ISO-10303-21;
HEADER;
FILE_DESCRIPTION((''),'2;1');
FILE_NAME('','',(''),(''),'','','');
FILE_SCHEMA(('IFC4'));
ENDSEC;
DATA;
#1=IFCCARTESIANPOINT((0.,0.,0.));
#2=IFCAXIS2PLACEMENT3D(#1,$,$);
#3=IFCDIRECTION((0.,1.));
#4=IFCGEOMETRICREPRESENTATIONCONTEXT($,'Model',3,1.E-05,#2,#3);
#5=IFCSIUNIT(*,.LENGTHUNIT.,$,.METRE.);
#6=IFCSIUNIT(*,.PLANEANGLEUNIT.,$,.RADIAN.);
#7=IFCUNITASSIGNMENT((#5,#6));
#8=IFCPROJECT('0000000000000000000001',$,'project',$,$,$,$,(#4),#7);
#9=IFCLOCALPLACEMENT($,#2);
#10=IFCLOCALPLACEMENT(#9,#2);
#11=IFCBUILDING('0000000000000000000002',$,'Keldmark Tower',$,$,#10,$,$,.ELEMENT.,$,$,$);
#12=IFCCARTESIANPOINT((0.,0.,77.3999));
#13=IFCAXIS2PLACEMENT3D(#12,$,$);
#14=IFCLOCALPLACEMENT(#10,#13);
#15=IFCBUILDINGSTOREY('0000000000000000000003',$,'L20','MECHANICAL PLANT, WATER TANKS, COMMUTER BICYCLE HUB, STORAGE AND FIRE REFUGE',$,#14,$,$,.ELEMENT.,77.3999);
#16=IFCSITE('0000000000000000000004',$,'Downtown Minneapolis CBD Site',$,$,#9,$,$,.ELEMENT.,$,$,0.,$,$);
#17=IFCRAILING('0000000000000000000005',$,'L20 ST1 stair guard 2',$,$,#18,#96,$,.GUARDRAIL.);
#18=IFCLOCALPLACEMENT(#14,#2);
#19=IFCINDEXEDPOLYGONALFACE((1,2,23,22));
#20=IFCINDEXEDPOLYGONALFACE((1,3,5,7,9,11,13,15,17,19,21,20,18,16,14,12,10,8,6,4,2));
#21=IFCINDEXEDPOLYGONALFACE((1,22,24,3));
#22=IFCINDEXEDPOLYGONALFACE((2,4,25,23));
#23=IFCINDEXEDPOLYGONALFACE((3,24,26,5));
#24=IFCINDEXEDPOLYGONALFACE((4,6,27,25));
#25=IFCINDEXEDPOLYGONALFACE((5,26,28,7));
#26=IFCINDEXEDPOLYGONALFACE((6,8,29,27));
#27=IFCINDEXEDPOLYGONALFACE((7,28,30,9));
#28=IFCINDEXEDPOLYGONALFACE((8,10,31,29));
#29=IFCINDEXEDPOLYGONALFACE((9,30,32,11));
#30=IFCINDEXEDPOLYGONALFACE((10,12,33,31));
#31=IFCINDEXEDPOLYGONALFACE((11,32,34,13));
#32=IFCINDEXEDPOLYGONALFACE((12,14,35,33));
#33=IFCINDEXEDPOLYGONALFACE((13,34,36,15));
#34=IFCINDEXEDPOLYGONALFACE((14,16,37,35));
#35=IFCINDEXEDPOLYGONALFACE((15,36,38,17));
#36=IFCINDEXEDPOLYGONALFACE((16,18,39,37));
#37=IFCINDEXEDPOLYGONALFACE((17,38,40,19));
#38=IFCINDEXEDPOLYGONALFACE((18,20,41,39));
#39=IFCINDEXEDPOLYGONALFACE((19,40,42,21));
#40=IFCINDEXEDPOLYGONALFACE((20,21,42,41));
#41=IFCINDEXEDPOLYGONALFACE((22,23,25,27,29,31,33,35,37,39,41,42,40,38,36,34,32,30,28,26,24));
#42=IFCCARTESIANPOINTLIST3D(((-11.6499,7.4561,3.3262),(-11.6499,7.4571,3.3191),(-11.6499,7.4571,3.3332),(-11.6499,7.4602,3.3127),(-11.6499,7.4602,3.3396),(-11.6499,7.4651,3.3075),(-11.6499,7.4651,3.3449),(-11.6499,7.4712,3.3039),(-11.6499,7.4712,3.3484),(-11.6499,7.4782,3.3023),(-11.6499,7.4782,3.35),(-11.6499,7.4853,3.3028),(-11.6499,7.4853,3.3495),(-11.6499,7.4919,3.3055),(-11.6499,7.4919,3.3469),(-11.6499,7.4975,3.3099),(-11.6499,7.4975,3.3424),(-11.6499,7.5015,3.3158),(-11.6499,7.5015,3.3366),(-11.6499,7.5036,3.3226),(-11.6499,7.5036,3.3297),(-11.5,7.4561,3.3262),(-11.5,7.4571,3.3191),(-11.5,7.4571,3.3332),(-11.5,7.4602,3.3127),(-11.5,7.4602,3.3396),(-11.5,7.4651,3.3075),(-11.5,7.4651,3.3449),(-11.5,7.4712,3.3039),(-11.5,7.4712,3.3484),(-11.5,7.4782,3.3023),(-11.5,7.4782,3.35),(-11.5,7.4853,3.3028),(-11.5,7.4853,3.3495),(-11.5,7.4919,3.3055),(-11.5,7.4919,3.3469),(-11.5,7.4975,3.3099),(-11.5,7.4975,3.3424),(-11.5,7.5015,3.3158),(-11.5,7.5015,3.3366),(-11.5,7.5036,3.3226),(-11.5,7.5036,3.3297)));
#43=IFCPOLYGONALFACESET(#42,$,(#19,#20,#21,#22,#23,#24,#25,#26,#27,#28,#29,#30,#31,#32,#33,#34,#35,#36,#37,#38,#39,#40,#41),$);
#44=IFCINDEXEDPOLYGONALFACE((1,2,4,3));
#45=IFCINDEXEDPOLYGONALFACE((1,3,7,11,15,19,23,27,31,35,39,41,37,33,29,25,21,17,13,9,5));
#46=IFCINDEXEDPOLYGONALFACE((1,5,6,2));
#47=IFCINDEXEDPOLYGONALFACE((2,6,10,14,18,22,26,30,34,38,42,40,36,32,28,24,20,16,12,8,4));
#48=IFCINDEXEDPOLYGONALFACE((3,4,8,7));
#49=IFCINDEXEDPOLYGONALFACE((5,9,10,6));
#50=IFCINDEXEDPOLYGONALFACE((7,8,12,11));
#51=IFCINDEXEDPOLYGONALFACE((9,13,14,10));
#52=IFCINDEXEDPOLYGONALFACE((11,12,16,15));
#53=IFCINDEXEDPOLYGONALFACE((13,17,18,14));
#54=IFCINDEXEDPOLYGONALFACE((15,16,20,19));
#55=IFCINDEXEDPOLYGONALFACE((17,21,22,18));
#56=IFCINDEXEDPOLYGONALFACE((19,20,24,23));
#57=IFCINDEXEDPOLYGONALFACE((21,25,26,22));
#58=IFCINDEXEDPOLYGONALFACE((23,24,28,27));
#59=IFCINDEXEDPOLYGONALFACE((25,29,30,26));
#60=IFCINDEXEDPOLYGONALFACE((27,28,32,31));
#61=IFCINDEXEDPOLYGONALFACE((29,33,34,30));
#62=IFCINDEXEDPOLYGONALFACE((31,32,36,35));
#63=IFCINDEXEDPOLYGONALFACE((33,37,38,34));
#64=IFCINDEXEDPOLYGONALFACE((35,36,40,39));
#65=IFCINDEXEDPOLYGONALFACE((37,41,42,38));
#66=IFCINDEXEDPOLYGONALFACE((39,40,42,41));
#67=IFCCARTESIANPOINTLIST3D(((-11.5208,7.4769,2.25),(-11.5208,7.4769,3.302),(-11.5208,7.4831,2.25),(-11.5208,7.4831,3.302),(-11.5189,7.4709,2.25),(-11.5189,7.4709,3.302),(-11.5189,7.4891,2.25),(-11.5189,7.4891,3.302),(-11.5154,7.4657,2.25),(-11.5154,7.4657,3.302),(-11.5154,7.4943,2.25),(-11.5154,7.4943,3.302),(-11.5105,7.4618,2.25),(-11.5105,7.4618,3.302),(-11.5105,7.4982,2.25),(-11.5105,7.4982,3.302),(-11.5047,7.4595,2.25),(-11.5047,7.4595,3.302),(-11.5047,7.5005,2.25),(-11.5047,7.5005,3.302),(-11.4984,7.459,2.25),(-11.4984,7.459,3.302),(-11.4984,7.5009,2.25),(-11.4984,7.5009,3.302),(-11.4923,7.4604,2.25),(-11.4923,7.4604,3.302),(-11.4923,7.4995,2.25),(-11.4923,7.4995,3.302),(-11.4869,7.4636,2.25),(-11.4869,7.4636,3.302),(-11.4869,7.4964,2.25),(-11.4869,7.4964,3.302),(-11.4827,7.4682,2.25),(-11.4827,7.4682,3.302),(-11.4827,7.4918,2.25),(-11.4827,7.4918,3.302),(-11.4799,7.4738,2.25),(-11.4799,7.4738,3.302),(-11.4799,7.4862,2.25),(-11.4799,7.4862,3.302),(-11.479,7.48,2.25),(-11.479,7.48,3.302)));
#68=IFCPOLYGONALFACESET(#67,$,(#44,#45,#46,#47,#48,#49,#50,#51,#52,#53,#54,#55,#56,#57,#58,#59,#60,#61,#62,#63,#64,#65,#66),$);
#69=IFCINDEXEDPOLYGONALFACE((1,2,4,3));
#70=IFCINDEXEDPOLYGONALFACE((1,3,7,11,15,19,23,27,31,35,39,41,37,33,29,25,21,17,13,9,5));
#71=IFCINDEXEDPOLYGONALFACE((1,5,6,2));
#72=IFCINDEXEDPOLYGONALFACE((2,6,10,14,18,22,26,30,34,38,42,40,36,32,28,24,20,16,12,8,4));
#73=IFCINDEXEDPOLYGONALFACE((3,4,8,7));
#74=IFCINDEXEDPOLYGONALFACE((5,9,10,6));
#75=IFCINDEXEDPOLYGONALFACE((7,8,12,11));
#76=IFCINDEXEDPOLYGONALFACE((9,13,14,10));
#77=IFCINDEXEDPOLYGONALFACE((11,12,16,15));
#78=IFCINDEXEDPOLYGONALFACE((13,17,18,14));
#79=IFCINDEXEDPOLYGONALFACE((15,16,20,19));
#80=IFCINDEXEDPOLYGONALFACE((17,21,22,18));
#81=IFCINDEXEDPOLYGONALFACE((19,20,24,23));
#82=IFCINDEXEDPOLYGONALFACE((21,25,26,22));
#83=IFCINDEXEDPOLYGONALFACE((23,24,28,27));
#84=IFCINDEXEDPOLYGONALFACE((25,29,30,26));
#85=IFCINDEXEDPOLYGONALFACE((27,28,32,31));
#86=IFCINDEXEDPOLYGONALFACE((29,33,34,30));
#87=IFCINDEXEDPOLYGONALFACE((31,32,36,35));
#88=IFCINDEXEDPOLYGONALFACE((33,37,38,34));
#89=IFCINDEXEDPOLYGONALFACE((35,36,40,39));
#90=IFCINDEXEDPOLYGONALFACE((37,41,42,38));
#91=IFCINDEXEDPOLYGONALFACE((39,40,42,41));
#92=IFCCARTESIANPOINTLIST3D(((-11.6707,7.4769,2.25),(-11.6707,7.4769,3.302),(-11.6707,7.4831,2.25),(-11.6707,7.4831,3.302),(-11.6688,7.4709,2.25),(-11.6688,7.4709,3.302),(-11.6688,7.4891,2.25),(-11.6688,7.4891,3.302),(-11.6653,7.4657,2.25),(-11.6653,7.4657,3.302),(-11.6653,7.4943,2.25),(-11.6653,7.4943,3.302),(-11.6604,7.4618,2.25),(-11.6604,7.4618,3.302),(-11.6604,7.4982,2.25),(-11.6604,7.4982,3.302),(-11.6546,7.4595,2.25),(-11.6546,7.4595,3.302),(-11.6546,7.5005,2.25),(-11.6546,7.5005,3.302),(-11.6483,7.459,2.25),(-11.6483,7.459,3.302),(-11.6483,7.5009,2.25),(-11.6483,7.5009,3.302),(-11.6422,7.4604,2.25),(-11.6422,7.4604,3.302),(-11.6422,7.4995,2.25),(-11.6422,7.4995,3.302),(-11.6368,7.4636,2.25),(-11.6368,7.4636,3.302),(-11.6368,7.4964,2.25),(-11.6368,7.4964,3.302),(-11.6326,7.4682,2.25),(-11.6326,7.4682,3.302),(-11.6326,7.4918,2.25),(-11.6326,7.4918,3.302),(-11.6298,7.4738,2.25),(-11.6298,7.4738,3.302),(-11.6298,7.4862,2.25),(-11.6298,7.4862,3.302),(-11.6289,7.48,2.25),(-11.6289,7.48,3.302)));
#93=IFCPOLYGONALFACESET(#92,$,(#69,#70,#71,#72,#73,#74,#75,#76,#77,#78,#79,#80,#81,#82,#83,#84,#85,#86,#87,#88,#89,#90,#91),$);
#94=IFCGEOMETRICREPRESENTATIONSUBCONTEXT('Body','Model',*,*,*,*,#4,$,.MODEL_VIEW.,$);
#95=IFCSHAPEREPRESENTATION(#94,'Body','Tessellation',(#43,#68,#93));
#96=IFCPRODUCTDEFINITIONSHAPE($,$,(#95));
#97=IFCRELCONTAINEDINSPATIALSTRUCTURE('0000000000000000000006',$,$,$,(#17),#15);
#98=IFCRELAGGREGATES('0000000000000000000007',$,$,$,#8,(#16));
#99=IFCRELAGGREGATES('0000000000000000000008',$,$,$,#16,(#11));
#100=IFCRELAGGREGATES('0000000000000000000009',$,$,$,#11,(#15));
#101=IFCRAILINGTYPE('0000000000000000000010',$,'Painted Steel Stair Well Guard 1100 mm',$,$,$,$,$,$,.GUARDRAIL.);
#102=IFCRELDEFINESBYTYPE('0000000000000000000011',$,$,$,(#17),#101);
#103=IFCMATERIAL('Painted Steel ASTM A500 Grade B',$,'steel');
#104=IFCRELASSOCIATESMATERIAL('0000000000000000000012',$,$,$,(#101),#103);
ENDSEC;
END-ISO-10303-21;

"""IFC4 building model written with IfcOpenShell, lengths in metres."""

from ifc_helpers import new_model, si_unit, direction, frame, origin, origin_2d, place, context, subcontext, project, spatial, circle, extrude, material, type_object, element, save


model = new_model("IFC4")

# Units and contexts
model_context = context("Model", 3, precision=1e-05, world=origin(), true_north=direction((0.0, 1.0)))
body_context = subcontext(model_context, "Body", "Model", "MODEL_VIEW")
ifc_project = project(units=[si_unit("LENGTHUNIT", "METRE"), si_unit("PLANEANGLEUNIT", "RADIAN")], contexts=[model_context])

# Site, building, storey
site_placement = place(None, origin())
site = spatial("IfcSite", under=ifc_project, at=site_placement, Name="Downtown Minneapolis CBD Site", CompositionType="ELEMENT", RefElevation=0.0)
building_placement = place(site_placement, origin())
building = spatial("IfcBuilding", under=site, at=building_placement, Name="Keldmark Tower", CompositionType="ELEMENT")
storey_placement = place(building_placement, frame((0.0, 0.0, 77.3999)))
storey = spatial("IfcBuildingStorey", under=building, at=storey_placement, Name="L20", Description="MECHANICAL PLANT, WATER TANKS, COMMUTER BICYCLE HUB, STORAGE AND FIRE REFUGE", CompositionType="ELEMENT", Elevation=77.3999)

# Railing
ifc_material_1 = material(Name="Painted Steel ASTM A500 Grade B", Category="steel")
railing_type_1 = type_object("IfcRailingType", Name="Painted Steel Stair Well Guard 1100 mm", PredefinedType="GUARDRAIL", material=ifc_material_1)
railing_1_placement = place(storey_placement, frame((-11.5, 7.48, 2.25)))
element("IfcRailing", 1, at=railing_1_placement, inside=storey, type_object=railing_type_1, Name="L20 ST1 stair guard 2", PredefinedType="GUARDRAIL", context=body_context, shape_type="SweptSolid", body=[
    extrude(circle(Radius=0.0239, at=origin_2d()), frame((0.0, 0.0, 1.0762), z_axis=(-1.0, 0.0, 0.0), x_axis=(0.0, -1.0, 0.0)), (0.0, 0.0, 1.0), 0.1499),
    extrude(circle(Radius=0.021, at=origin_2d()), origin(), (0.0, 0.0, 1.0), 1.052),
    extrude(circle(Radius=0.021, at=origin_2d()), frame((-0.1499, 0.0, 0.0)), (0.0, 0.0, 1.0), 1.052),
])

save(model, "model.ifc")
